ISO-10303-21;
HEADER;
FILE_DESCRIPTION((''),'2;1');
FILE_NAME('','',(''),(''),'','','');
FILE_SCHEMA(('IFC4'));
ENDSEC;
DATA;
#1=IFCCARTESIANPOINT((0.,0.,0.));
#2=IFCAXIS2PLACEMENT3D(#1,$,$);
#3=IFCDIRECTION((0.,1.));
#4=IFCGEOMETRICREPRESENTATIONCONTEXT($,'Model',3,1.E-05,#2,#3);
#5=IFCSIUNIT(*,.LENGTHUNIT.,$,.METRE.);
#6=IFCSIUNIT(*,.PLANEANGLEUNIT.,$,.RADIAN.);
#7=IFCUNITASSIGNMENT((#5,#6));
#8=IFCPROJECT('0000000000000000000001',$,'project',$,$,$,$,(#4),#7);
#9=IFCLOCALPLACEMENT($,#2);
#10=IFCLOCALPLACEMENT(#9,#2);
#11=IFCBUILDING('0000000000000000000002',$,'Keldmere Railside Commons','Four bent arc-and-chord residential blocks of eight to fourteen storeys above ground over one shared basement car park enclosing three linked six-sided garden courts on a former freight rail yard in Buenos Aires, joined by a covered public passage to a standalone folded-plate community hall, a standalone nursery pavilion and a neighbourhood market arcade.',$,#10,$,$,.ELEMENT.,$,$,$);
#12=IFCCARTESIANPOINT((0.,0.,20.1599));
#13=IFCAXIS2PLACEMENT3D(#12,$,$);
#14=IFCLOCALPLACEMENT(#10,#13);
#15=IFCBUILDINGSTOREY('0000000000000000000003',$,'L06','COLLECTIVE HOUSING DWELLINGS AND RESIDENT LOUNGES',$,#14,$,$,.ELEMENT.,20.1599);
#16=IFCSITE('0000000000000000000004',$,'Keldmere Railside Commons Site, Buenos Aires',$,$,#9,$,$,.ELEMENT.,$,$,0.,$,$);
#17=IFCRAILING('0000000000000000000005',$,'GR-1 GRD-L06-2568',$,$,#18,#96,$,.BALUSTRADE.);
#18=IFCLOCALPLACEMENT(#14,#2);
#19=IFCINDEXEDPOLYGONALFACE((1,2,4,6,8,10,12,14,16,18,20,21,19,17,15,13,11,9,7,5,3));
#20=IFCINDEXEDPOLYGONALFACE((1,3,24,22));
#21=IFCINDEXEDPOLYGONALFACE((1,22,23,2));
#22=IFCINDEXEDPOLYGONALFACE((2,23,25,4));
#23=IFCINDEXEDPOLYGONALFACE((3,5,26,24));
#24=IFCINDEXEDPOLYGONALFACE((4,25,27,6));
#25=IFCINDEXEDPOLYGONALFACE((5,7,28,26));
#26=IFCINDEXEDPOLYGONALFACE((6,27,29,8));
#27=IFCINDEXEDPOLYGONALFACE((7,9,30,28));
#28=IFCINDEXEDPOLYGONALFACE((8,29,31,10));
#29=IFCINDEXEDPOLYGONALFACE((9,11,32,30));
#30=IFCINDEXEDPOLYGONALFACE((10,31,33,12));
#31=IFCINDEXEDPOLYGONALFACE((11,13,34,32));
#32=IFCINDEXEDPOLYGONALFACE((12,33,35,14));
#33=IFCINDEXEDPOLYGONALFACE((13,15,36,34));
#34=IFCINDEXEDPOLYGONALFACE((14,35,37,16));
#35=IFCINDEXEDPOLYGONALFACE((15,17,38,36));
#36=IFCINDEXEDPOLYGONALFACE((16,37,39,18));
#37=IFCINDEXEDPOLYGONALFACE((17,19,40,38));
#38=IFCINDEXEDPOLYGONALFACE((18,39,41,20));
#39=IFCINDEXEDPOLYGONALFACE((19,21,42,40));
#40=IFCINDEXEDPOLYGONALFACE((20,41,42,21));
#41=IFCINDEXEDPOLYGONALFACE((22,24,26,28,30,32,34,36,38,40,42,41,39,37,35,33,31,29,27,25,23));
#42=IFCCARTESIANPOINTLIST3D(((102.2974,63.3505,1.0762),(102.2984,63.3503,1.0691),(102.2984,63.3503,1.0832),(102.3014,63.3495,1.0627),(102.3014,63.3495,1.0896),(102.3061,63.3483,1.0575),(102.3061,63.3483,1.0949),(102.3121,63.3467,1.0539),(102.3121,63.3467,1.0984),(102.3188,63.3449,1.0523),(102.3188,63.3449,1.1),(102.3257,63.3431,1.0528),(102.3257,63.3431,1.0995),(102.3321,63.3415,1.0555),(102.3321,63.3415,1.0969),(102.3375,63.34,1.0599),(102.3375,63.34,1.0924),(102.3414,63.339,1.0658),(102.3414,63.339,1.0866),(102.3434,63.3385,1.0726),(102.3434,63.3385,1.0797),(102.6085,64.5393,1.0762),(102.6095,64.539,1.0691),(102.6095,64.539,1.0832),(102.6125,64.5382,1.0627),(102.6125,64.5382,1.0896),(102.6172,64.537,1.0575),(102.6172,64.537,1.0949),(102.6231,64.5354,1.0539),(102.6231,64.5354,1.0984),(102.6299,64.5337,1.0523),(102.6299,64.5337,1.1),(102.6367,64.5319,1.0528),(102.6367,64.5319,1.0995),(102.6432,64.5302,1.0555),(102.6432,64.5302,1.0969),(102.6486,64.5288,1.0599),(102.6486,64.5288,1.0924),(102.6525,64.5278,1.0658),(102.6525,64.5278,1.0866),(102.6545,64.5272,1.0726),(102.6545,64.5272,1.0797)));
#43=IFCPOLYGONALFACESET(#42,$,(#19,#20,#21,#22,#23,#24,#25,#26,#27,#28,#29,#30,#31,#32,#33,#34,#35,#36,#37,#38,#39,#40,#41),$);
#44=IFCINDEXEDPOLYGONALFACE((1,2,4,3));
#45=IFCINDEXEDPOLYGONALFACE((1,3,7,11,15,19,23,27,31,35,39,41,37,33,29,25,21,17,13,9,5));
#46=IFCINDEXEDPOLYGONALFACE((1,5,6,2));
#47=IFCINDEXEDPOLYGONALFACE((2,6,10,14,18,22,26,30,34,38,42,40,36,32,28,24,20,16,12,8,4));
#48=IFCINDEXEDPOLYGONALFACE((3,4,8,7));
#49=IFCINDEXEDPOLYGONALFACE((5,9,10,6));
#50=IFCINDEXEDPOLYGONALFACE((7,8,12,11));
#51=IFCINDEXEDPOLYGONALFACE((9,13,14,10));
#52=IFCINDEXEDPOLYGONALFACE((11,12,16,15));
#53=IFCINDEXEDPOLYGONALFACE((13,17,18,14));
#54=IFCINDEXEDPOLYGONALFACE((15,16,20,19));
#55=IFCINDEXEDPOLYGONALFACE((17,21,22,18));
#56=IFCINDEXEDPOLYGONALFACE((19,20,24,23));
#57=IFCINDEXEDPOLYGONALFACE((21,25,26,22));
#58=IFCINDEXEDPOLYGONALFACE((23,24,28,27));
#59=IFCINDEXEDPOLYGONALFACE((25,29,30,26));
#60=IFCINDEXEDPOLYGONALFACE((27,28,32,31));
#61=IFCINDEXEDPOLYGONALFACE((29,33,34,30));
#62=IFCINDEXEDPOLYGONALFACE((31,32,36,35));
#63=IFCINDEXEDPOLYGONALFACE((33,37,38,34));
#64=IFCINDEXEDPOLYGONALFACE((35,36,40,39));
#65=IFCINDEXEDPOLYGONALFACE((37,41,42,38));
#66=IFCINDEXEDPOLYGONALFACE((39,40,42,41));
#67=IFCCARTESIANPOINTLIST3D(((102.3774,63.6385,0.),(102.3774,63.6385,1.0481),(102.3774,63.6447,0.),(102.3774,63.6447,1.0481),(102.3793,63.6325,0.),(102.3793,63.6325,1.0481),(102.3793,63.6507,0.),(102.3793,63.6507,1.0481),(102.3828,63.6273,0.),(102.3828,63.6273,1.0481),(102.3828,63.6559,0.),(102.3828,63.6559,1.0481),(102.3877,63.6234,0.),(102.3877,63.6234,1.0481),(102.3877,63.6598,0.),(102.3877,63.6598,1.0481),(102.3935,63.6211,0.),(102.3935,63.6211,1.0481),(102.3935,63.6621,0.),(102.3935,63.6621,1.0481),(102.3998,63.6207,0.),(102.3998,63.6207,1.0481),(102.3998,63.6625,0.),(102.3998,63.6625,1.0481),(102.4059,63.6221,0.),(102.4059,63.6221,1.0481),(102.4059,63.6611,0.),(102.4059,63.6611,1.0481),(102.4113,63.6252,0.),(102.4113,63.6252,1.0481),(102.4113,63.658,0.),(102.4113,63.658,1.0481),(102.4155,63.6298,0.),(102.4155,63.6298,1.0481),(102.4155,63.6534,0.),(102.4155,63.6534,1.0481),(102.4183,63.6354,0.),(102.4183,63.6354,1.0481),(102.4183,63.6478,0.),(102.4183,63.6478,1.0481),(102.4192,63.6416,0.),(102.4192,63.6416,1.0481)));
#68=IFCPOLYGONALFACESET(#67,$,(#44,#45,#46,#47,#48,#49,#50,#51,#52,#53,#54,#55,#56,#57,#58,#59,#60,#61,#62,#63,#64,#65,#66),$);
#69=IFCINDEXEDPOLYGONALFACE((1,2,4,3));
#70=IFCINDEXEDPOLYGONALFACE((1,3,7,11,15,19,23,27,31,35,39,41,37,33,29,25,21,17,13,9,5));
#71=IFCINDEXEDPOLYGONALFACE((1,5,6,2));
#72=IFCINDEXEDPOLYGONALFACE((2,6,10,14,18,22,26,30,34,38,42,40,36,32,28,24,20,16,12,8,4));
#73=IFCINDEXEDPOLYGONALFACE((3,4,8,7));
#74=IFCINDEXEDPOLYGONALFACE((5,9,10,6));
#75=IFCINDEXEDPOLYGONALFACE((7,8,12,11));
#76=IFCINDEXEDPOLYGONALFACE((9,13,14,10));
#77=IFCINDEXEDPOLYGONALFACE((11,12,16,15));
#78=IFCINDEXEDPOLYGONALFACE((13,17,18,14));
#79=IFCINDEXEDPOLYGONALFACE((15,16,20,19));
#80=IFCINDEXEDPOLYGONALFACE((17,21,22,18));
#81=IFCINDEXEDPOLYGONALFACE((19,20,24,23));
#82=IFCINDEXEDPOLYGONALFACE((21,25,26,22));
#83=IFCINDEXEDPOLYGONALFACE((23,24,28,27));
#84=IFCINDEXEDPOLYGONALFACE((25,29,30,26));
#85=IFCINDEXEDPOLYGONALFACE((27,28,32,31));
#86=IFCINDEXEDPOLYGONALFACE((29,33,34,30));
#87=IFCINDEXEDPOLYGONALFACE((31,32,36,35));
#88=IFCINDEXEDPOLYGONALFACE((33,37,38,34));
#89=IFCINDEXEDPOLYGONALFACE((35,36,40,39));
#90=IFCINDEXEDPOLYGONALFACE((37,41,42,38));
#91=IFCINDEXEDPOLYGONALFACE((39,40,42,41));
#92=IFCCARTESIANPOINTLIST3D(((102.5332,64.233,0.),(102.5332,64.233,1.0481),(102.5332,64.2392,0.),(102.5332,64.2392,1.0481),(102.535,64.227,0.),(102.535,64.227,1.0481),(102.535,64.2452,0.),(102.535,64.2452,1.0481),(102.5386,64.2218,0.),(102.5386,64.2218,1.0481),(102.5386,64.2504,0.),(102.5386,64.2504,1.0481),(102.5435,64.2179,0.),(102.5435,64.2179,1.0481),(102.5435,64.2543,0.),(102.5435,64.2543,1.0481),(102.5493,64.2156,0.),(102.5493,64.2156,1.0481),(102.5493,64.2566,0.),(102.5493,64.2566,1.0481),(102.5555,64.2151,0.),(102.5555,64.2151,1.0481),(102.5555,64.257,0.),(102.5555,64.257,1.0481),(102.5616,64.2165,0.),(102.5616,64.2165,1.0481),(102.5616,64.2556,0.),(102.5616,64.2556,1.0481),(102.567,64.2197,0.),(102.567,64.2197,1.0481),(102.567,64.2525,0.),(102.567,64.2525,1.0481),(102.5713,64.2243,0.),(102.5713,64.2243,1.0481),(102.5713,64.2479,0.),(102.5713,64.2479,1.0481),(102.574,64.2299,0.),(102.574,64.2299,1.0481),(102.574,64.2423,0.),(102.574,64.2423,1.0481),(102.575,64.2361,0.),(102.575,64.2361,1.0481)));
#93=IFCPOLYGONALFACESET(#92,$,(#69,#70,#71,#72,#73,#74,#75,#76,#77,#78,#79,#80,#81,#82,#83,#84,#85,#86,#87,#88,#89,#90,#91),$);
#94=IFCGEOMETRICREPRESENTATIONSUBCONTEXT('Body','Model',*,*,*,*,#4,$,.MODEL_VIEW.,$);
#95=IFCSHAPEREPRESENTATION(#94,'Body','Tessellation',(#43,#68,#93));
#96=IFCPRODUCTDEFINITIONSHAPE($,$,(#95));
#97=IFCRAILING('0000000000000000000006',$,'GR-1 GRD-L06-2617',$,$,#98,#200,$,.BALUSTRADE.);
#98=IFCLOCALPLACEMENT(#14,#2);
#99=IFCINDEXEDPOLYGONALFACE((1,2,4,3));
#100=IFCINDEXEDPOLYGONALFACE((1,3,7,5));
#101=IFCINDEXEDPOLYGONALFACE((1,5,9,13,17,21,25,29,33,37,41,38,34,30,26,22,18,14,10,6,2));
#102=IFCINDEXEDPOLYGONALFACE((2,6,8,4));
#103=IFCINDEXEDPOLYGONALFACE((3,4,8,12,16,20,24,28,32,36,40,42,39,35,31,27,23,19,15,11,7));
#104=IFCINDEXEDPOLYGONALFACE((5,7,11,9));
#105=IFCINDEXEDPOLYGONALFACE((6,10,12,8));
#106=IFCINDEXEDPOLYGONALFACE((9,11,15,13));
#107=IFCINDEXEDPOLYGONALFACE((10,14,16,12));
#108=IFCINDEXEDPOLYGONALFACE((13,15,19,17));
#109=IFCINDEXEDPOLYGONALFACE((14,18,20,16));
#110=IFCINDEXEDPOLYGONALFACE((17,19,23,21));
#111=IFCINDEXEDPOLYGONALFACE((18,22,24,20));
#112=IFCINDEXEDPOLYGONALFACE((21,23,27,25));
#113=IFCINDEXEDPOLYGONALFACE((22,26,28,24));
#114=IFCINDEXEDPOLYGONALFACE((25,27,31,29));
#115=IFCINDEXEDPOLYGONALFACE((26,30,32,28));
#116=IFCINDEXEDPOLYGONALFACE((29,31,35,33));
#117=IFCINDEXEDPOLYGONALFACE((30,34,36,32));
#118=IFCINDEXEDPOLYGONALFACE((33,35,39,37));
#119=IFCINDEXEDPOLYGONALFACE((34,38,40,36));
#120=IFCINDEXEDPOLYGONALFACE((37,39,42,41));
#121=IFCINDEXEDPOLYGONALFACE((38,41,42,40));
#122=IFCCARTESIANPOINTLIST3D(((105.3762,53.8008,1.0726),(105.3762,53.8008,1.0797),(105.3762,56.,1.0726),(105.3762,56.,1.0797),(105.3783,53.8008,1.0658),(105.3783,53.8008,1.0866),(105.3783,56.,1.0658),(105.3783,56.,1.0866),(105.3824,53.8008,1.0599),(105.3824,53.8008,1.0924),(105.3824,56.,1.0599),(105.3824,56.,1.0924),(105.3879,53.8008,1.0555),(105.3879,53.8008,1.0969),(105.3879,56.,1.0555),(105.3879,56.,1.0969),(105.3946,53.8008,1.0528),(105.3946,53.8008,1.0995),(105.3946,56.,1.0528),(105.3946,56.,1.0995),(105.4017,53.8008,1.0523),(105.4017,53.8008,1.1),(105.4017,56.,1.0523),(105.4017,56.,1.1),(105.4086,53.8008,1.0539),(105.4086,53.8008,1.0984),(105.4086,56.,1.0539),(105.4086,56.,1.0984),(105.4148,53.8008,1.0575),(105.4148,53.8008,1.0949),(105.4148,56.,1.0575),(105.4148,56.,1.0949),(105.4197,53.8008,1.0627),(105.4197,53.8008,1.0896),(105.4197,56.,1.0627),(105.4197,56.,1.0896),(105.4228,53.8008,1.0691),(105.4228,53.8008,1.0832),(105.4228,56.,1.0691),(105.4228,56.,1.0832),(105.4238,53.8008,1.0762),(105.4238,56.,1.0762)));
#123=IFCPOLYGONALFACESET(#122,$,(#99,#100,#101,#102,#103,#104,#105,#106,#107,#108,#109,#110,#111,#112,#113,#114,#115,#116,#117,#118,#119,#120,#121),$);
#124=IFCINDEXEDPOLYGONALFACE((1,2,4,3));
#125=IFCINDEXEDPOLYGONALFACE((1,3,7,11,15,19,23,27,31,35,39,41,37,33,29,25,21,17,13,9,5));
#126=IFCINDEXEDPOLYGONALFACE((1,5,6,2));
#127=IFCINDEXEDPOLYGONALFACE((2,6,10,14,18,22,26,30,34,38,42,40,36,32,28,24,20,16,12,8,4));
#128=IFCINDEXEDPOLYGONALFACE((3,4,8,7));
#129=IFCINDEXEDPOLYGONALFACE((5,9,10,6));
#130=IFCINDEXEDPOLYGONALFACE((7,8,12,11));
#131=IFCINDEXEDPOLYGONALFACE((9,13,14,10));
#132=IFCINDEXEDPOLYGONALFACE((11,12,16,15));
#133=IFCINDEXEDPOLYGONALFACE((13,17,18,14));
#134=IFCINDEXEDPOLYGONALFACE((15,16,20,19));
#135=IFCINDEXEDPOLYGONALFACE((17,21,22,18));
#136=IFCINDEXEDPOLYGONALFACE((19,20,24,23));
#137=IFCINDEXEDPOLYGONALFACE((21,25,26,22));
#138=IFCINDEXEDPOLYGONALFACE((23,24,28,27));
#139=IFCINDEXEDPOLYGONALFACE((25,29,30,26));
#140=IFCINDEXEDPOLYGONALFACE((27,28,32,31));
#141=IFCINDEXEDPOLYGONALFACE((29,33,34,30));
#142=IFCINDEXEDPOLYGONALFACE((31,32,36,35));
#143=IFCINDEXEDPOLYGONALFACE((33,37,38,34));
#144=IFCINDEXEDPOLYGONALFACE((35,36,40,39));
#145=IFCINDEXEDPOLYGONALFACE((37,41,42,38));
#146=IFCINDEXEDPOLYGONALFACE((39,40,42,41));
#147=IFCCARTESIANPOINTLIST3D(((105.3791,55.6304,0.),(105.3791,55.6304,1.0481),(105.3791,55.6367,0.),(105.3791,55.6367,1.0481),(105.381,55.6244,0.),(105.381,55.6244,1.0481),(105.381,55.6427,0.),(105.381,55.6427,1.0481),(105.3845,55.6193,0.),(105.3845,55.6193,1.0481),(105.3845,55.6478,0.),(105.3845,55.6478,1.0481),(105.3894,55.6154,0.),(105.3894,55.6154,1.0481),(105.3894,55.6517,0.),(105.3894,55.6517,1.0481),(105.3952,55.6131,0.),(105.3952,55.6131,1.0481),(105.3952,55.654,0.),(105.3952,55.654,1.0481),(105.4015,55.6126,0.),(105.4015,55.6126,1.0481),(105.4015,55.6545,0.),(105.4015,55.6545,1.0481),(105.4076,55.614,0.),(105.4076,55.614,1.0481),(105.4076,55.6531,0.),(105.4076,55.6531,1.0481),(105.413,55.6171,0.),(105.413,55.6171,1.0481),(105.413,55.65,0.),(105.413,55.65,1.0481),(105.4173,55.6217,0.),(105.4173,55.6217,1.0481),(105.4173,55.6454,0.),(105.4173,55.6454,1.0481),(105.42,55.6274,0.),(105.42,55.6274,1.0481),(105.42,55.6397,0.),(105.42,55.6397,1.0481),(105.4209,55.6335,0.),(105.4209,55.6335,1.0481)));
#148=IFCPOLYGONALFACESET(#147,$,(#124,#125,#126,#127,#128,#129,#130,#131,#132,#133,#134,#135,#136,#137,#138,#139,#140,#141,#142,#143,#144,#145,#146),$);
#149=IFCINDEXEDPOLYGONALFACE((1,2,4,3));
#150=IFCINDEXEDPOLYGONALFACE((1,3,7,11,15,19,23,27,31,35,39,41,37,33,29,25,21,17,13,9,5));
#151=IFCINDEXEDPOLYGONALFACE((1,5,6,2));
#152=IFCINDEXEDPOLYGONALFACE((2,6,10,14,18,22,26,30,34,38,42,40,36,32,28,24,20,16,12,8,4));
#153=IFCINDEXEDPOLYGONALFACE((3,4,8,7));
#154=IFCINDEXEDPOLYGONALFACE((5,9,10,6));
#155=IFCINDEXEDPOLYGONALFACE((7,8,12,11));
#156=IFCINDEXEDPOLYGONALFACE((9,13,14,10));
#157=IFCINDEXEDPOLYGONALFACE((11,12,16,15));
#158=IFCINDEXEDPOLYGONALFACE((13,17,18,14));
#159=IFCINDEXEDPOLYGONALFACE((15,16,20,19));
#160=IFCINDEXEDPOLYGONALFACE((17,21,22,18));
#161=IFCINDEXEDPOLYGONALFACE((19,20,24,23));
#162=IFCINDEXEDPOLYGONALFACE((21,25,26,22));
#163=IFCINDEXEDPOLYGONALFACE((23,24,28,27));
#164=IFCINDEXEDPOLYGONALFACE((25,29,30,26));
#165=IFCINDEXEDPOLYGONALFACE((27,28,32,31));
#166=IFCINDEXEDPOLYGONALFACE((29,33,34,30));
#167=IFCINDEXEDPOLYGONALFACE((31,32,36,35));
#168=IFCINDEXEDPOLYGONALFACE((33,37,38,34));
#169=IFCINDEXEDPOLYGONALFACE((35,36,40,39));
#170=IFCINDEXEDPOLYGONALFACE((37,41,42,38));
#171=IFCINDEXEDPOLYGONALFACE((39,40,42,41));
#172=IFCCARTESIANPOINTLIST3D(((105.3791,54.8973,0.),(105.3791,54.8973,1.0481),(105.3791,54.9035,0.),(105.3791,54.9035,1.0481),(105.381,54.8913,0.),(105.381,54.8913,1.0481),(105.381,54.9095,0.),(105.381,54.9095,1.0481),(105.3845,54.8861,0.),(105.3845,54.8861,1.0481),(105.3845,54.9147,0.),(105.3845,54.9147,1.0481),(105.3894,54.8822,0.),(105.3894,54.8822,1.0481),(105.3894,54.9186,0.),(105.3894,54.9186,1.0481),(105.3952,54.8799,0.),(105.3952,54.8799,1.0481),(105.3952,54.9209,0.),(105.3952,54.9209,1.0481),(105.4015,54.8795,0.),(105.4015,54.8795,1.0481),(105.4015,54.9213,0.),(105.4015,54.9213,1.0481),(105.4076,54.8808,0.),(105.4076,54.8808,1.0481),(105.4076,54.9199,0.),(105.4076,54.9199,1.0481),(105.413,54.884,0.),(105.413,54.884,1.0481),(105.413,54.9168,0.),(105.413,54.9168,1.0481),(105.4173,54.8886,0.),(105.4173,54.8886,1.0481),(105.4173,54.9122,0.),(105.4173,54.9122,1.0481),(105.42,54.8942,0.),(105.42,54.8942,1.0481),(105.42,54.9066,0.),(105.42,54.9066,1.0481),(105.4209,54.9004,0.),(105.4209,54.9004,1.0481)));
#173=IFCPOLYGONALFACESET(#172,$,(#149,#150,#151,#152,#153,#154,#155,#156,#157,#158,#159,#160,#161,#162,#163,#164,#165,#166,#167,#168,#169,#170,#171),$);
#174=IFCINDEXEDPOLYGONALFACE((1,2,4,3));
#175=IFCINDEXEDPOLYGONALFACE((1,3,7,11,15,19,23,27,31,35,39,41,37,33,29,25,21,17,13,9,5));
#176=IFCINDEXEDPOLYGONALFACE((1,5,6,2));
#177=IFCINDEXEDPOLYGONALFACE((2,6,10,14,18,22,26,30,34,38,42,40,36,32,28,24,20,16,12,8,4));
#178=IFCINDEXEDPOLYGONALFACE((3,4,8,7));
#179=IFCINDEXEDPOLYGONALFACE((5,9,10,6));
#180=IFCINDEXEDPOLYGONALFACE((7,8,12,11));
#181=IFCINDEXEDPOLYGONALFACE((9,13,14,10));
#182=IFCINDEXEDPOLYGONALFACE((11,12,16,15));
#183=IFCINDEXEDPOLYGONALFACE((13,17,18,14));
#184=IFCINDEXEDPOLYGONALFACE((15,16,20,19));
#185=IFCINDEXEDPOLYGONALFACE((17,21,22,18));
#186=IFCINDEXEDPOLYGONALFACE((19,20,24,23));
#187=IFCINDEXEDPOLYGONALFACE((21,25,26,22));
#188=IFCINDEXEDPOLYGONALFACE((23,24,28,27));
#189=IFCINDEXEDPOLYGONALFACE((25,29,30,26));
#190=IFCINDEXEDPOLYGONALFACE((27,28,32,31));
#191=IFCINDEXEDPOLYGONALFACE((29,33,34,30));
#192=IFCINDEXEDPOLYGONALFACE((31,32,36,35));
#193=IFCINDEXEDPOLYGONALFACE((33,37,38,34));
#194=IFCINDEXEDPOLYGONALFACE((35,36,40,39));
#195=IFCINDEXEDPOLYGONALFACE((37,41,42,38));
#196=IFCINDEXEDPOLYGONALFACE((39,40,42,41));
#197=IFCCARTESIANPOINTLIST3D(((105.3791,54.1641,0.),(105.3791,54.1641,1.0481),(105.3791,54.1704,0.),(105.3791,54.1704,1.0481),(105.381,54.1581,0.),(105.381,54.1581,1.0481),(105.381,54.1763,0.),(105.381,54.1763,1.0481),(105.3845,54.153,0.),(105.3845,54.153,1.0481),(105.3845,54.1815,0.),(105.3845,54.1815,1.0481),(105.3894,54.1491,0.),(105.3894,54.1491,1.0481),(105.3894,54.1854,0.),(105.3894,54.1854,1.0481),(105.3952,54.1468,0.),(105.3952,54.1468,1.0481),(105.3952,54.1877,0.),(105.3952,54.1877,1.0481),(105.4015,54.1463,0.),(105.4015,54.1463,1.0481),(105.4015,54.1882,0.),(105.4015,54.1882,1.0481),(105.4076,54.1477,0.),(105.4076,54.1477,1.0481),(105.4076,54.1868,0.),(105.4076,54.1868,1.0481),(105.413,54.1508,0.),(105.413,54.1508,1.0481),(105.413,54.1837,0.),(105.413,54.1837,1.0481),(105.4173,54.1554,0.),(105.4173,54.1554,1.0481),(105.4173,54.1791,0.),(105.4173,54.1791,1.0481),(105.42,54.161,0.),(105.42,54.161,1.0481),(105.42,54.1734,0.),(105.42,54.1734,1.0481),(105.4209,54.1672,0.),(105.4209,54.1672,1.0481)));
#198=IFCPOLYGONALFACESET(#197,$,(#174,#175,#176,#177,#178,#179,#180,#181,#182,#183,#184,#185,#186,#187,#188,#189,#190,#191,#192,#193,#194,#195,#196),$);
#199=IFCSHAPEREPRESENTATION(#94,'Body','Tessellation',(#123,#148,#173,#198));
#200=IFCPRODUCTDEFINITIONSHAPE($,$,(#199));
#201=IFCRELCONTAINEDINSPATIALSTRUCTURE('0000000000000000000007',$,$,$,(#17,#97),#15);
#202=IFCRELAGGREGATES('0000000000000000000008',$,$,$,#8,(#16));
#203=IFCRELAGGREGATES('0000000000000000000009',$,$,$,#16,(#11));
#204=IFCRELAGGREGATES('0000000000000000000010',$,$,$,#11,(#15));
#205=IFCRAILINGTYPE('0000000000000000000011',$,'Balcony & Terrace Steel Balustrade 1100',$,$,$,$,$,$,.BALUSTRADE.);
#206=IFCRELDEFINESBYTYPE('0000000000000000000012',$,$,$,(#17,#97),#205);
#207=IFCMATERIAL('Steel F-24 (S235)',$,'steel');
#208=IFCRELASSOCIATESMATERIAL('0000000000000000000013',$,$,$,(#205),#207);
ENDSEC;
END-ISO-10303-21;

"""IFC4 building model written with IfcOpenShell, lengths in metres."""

from ifc_helpers import new_model, si_unit, direction, frame, origin, origin_2d, place, context, subcontext, project, spatial, circle, extrude, material, type_object, element, save


model = new_model("IFC4")

# Units and contexts
model_context = context("Model", 3, precision=1e-05, world=origin(), true_north=direction((0.0, 1.0)))
body_context = subcontext(model_context, "Body", "Model", "MODEL_VIEW")
ifc_project = project(units=[si_unit("LENGTHUNIT", "METRE"), si_unit("PLANEANGLEUNIT", "RADIAN")], contexts=[model_context])

# Site, building, storey
site_placement = place(None, origin())
site = spatial("IfcSite", under=ifc_project, at=site_placement, Name="Keldmere Railside Commons Site, Buenos Aires", CompositionType="ELEMENT", RefElevation=0.0)
building_placement = place(site_placement, origin())
building = spatial("IfcBuilding", under=site, at=building_placement, Name="Keldmere Railside Commons", Description="Four bent arc-and-chord residential blocks of eight to fourteen storeys above ground over one shared basement car park enclosing three linked six-sided garden courts on a former freight rail yard in Buenos Aires, joined by a covered public passage to a standalone folded-plate community hall, a standalone nursery pavilion and a neighbourhood market arcade.", CompositionType="ELEMENT")
storey_placement = place(building_placement, frame((0.0, 0.0, 20.1599)))
storey = spatial("IfcBuildingStorey", under=building, at=storey_placement, Name="L06", Description="COLLECTIVE HOUSING DWELLINGS AND RESIDENT LOUNGES", CompositionType="ELEMENT", Elevation=20.1599)

# Railings
ifc_material_1 = material(Name="Steel F-24 (S235)", Category="steel")
railing_type = type_object("IfcRailingType", Name="Balcony & Terrace Steel Balustrade 1100", PredefinedType="BALUSTRADE", material=ifc_material_1)
railing_1_placement = place(storey_placement, frame((102.3206, 63.3445, 0.0)))
element("IfcRailing", 1, at=railing_1_placement, inside=storey, type_object=railing_type, Name="GR-1 GRD-L06-2568", PredefinedType="BALUSTRADE", context=body_context, shape_type="SweptSolid", body=[
    extrude(circle(Radius=0.0239, at=origin_2d()), frame((0.0, 0.0, 1.0762), z_axis=(0.253134, 0.967431, 0.0), x_axis=(-0.967431, 0.253134, 0.0)), (0.0, 0.0, 1.0), 1.2288),
    extrude(circle(Radius=0.021, at=origin_2d()), frame((0.0776, 0.2971, 0.0)), (0.0, 0.0, 1.0), 1.0481),
    extrude(circle(Radius=0.021, at=origin_2d()), frame((0.2334, 0.8916, 0.0)), (0.0, 0.0, 1.0), 1.0481),
])
railing_2_placement = place(storey_placement, frame((105.3999, 56.0, 0.0)))
element("IfcRailing", 2, at=railing_2_placement, inside=storey, type_object=railing_type, Name="GR-1 GRD-L06-2617", PredefinedType="BALUSTRADE", context=body_context, shape_type="SweptSolid", body=[
    extrude(circle(Radius=0.0239, at=origin_2d()), frame((0.0, 0.0, 1.0762), z_axis=(0.0, -1.0, 0.0), x_axis=(1.0, 0.0, 0.0)), (0.0, 0.0, 1.0), 2.1992),
    extrude(circle(Radius=0.021, at=origin_2d()), frame((0.0, -0.3665, 0.0)), (0.0, 0.0, 1.0), 1.0481),
    extrude(circle(Radius=0.021, at=origin_2d()), frame((0.0, -1.0996, 0.0)), (0.0, 0.0, 1.0), 1.0481),
    extrude(circle(Radius=0.021, at=origin_2d()), frame((0.0, -1.8328, 0.0)), (0.0, 0.0, 1.0), 1.0481),
])

save(model, "model.ifc")
